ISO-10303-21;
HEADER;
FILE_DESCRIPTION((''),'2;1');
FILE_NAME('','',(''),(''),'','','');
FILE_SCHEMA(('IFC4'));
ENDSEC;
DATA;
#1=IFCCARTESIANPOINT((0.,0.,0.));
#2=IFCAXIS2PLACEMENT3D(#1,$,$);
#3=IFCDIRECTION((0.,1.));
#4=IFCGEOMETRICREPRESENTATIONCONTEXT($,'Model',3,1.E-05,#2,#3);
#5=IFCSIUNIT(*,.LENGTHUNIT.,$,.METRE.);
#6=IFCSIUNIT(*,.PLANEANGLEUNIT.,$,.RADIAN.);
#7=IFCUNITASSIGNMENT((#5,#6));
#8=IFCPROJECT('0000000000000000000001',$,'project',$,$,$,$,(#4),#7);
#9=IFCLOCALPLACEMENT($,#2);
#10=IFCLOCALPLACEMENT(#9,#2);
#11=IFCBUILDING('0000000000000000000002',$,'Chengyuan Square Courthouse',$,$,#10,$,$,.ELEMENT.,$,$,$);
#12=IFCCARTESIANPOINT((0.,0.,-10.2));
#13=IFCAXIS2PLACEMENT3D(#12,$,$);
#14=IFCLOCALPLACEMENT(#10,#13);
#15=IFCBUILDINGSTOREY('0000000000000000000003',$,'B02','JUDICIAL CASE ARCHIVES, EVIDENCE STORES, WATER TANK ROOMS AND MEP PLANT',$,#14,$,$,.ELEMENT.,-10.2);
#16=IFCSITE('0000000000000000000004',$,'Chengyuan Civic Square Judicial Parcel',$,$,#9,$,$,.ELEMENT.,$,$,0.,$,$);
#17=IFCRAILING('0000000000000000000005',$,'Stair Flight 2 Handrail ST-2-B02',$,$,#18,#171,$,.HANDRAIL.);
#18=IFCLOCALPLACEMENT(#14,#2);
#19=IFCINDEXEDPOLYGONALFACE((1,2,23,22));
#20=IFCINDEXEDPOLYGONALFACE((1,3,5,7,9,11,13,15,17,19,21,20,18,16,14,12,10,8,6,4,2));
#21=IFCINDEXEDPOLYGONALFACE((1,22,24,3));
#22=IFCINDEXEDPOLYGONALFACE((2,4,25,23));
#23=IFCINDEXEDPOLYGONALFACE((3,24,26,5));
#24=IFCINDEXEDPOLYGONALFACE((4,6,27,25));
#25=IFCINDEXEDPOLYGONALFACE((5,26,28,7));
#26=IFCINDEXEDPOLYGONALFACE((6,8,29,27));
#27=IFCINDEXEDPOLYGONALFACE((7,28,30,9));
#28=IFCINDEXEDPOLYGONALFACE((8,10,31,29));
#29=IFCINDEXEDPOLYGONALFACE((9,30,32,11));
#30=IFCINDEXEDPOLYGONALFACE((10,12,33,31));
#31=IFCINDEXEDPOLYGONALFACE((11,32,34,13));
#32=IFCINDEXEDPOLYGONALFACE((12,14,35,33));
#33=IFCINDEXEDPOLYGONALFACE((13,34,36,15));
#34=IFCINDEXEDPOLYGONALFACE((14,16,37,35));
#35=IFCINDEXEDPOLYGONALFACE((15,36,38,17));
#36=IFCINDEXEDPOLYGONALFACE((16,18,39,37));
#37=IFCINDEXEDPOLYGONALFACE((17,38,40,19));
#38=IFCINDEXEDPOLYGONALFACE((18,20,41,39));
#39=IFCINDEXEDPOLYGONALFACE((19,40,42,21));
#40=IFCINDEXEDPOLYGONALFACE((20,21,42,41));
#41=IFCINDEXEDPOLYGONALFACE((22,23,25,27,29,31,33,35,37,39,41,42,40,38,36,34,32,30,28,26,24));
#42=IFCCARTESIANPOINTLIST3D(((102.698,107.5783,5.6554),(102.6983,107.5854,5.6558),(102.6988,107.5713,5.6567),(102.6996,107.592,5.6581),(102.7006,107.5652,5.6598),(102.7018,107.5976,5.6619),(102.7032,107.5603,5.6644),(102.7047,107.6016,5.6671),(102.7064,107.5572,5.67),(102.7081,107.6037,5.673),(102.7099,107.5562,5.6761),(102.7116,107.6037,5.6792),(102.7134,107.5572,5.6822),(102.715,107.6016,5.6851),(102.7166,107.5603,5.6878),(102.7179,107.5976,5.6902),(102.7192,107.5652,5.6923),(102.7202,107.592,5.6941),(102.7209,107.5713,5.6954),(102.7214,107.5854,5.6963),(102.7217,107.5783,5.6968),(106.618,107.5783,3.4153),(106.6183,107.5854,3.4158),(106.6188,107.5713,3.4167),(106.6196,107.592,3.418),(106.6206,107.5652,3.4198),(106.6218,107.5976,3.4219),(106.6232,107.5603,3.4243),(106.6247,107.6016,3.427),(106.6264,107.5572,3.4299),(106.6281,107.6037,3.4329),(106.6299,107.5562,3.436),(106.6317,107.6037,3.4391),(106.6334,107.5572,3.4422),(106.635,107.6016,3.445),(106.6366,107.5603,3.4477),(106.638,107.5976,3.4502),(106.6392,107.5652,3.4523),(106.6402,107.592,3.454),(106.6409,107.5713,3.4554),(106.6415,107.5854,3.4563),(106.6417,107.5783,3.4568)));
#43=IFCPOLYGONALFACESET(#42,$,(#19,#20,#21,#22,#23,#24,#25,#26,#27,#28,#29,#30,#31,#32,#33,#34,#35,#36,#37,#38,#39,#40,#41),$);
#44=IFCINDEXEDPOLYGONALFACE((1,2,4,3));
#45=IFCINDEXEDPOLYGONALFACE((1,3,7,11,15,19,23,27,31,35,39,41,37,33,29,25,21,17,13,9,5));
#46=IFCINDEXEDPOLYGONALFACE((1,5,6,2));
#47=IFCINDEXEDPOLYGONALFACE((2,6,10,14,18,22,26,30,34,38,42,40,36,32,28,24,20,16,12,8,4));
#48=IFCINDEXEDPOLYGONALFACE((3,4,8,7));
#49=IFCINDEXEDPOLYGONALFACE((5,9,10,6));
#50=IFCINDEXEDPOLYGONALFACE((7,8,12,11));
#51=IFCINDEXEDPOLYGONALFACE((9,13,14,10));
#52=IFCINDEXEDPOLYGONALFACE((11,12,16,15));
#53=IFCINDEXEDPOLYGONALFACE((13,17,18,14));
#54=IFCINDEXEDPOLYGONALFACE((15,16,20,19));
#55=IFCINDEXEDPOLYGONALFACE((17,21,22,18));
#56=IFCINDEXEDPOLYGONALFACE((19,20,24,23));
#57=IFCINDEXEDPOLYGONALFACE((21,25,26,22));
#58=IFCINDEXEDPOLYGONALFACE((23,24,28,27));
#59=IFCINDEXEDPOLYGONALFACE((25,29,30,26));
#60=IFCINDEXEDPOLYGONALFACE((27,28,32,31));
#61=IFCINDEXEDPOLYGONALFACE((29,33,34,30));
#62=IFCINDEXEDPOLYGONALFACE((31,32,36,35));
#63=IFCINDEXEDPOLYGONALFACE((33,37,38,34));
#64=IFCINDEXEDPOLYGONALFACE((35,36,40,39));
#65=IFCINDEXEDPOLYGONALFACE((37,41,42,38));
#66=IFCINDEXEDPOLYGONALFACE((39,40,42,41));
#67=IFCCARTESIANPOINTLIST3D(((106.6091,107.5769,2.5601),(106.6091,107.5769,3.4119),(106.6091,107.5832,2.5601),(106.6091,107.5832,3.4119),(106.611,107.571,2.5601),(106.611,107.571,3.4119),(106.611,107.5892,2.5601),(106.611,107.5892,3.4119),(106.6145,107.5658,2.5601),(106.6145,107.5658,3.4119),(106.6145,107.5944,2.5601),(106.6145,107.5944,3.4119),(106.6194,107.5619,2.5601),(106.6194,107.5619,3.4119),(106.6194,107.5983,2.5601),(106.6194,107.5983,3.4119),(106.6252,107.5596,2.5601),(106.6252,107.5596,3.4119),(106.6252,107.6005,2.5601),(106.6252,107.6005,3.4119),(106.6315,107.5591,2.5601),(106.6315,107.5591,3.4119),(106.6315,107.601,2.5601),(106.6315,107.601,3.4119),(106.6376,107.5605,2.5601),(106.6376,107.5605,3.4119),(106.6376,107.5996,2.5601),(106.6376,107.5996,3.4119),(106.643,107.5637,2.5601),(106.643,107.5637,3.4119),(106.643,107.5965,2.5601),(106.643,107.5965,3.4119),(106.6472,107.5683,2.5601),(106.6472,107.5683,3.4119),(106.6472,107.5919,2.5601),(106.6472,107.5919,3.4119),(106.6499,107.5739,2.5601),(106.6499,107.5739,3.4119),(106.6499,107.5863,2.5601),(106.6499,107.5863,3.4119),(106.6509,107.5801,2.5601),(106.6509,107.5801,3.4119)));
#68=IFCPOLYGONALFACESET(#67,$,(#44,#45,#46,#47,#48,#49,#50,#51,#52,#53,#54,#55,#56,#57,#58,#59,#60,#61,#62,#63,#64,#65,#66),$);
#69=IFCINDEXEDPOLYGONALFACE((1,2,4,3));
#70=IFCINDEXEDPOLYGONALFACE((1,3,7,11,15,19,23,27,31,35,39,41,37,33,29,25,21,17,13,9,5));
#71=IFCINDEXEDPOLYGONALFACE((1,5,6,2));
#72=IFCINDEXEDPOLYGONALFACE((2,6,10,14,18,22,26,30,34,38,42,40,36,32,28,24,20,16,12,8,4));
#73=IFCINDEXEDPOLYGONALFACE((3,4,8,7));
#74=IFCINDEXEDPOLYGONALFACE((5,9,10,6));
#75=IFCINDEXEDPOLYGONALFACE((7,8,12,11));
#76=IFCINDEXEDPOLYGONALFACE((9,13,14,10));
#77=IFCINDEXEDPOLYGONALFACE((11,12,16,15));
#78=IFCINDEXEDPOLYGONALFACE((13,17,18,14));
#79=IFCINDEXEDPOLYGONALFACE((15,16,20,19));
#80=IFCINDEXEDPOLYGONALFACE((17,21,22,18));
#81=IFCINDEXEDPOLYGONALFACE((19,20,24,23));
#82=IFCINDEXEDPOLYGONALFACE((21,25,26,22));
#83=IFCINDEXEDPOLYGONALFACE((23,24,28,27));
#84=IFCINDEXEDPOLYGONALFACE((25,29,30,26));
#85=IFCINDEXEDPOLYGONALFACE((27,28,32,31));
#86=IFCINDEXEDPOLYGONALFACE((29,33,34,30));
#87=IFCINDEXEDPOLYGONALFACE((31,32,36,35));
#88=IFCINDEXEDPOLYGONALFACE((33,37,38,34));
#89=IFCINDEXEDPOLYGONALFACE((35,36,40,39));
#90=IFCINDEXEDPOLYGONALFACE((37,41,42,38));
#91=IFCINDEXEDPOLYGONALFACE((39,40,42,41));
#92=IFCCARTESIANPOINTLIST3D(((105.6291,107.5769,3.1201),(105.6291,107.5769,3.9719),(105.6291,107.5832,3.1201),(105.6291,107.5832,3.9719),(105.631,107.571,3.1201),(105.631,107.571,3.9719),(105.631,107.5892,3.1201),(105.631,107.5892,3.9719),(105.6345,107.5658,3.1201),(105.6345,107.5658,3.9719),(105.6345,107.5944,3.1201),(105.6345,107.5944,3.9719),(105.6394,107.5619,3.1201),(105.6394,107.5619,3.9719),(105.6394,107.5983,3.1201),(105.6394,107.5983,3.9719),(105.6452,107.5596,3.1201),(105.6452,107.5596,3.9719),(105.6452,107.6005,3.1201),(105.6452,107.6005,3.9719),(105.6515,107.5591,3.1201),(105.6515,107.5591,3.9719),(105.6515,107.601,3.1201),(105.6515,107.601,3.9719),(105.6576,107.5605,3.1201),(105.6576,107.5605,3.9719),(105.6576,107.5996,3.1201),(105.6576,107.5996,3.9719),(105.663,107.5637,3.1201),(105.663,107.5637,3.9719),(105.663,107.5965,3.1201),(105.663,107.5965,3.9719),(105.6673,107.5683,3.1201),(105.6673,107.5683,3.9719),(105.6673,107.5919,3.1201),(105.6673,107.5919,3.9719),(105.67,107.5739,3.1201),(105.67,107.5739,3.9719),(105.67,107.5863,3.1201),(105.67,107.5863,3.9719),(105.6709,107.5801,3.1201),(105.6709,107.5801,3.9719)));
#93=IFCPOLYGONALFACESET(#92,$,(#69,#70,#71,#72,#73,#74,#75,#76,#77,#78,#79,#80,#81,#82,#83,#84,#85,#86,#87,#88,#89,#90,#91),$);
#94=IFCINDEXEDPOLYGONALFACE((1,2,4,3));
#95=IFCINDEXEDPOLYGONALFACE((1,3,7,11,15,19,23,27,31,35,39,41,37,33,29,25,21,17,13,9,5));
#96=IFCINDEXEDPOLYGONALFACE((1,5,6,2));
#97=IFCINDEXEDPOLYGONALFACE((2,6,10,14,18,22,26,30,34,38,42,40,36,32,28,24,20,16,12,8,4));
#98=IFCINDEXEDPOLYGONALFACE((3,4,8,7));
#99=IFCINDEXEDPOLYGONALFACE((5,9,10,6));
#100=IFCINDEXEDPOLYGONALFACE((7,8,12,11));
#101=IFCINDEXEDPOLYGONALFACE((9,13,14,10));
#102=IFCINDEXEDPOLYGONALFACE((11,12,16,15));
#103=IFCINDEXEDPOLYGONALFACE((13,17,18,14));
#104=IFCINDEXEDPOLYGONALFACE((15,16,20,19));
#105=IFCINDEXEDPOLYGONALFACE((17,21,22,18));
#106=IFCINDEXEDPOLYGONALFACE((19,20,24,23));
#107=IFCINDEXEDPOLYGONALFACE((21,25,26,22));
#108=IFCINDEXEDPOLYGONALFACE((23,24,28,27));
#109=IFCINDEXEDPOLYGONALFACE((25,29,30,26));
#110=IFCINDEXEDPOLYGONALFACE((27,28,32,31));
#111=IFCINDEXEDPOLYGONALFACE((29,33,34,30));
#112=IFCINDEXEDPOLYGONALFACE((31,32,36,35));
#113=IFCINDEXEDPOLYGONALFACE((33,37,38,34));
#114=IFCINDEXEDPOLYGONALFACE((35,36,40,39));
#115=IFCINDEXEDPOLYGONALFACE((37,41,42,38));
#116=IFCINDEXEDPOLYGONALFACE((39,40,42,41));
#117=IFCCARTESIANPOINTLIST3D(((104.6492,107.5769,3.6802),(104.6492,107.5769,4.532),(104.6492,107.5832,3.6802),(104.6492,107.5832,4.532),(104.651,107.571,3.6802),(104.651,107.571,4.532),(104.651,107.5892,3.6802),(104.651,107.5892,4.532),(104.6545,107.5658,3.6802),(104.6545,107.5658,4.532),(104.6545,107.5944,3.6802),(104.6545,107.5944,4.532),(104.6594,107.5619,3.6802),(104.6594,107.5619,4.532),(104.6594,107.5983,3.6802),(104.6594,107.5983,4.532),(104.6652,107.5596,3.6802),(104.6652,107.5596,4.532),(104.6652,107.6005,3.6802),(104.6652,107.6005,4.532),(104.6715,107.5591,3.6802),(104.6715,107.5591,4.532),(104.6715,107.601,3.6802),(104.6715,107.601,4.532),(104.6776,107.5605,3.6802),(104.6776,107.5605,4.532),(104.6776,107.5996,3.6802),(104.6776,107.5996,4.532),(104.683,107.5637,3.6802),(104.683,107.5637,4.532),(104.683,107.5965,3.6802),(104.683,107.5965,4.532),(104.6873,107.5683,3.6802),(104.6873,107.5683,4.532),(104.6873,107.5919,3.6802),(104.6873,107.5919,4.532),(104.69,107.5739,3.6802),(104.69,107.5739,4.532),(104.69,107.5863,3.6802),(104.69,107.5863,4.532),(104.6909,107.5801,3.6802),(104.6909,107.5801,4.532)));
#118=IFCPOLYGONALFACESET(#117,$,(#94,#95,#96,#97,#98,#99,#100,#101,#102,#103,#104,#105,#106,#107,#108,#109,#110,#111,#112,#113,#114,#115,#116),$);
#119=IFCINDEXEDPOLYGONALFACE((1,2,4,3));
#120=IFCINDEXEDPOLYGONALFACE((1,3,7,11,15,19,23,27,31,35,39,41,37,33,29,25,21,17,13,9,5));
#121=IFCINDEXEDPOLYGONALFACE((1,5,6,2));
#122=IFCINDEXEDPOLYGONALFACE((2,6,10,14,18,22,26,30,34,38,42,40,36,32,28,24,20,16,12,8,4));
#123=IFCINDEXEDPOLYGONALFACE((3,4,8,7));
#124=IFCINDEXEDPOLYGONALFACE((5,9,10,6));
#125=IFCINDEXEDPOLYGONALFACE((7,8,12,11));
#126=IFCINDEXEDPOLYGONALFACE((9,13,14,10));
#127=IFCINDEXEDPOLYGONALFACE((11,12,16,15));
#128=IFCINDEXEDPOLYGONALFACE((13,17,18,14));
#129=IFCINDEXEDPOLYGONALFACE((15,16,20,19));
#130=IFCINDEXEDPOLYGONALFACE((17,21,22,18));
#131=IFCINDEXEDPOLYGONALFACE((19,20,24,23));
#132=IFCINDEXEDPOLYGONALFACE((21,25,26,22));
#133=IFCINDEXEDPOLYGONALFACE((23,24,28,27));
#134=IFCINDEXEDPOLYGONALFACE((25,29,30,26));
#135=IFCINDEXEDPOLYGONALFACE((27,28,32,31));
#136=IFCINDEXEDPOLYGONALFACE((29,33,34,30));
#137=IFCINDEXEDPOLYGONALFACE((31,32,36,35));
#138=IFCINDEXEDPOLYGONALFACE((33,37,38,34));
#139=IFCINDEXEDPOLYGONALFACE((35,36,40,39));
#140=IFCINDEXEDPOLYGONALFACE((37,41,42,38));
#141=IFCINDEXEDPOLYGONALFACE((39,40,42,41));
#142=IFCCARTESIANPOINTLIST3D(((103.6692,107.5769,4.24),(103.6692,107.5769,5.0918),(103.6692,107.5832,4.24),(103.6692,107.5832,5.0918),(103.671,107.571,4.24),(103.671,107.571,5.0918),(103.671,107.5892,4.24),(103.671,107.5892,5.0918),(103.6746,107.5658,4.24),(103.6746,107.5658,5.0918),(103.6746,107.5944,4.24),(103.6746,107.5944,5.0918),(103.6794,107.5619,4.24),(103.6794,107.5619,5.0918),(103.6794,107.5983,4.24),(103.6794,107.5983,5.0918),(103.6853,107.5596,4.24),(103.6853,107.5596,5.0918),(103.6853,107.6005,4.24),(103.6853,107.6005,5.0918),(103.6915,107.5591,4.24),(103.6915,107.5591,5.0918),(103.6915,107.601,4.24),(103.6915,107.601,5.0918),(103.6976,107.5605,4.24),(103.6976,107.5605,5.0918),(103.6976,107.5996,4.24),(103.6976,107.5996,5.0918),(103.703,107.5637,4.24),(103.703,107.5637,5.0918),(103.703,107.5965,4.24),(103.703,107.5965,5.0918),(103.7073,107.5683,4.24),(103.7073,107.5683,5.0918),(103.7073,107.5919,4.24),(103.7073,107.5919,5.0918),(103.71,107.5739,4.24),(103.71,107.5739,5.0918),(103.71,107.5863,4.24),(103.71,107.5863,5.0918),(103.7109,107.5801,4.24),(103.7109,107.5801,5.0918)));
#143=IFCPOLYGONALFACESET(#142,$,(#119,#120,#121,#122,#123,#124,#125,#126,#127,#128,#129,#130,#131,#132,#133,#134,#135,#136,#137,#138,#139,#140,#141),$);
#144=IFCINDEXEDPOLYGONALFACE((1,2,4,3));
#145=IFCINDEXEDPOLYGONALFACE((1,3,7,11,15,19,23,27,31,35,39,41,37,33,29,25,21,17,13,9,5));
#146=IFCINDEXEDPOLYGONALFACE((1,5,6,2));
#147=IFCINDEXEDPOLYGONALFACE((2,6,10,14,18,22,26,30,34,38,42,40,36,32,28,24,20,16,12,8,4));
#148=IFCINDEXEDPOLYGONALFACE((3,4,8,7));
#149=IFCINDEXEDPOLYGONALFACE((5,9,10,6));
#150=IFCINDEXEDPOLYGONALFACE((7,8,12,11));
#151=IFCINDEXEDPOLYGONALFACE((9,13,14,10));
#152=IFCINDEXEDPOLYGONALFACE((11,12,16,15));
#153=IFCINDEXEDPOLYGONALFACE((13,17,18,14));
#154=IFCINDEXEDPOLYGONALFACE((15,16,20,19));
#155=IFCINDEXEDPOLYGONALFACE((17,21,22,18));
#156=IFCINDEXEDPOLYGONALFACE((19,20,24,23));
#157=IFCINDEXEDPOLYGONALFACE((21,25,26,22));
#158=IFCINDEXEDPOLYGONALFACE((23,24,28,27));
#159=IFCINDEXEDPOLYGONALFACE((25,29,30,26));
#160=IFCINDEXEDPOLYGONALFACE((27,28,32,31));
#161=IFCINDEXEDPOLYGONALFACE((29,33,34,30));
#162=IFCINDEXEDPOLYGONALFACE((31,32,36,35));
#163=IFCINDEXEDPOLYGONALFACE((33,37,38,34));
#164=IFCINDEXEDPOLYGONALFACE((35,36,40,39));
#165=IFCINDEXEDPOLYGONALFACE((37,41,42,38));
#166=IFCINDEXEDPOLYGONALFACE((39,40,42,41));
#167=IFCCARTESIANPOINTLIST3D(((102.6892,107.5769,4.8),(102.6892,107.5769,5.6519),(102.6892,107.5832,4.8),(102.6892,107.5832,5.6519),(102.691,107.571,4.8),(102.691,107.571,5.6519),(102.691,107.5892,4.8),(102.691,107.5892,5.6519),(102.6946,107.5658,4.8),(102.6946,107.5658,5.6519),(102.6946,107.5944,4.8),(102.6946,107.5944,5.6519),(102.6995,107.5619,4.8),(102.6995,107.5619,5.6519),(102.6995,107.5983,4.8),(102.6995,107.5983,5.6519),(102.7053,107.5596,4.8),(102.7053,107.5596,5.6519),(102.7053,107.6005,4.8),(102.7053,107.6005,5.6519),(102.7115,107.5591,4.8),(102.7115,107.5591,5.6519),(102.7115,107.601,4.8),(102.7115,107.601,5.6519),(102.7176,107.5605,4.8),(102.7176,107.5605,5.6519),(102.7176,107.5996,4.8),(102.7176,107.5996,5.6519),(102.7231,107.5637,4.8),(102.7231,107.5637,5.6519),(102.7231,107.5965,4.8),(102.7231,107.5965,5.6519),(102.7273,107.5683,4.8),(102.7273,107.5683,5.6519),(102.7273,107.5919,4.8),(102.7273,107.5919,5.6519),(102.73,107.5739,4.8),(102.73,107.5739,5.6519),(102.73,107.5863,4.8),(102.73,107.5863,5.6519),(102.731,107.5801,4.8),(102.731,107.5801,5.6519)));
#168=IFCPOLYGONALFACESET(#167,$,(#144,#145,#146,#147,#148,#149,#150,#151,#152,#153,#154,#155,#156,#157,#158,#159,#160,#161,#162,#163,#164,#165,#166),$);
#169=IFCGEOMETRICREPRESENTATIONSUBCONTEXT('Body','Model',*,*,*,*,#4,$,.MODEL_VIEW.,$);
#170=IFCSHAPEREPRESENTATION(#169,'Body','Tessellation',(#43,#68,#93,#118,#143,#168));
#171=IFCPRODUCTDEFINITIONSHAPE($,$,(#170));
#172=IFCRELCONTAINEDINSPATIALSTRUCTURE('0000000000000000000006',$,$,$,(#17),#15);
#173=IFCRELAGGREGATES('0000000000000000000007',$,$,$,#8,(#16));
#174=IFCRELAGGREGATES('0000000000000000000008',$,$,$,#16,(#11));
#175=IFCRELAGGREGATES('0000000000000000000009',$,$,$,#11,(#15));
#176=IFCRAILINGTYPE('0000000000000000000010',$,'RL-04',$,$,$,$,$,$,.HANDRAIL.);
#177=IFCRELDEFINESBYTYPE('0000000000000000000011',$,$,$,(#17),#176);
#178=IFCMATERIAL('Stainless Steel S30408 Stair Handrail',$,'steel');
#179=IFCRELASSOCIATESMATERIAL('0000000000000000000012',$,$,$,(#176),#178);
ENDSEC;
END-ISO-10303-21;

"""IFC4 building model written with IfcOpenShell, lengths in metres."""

from ifc_helpers import new_model, si_unit, direction, frame, origin, origin_2d, place, context, subcontext, project, spatial, circle, extrude, material, type_object, element, save


model = new_model("IFC4")

# Units and contexts
model_context = context("Model", 3, precision=1e-05, world=origin(), true_north=direction((0.0, 1.0)))
body_context = subcontext(model_context, "Body", "Model", "MODEL_VIEW")
ifc_project = project(units=[si_unit("LENGTHUNIT", "METRE"), si_unit("PLANEANGLEUNIT", "RADIAN")], contexts=[model_context])

# Site, building, storey
site_placement = place(None, origin())
site = spatial("IfcSite", under=ifc_project, at=site_placement, Name="Chengyuan Civic Square Judicial Parcel", CompositionType="ELEMENT", RefElevation=0.0)
building_placement = place(site_placement, origin())
building = spatial("IfcBuilding", under=site, at=building_placement, Name="Chengyuan Square Courthouse", CompositionType="ELEMENT")
storey_placement = place(building_placement, frame((0.0, 0.0, -10.2)))
storey = spatial("IfcBuildingStorey", under=building, at=storey_placement, Name="B02", Description="JUDICIAL CASE ARCHIVES, EVIDENCE STORES, WATER TANK ROOMS AND MEP PLANT", CompositionType="ELEMENT", Elevation=-10.2)

# Railing
ifc_material_1 = material(Name="Stainless Steel S30408 Stair Handrail", Category="steel")
railing_type_1 = type_object("IfcRailingType", Name="RL-04", PredefinedType="HANDRAIL", material=ifc_material_1)
railing_1_placement = place(storey_placement, frame((106.6299, 107.5801, 2.5601)))
element("IfcRailing", 1, at=railing_1_placement, inside=storey, type_object=railing_type_1, Name="Stair Flight 2 Handrail ST-2-B02", PredefinedType="HANDRAIL", context=body_context, shape_type="SweptSolid", body=[
    extrude(circle(Radius=0.0239, at=origin_2d()), frame((0.0, 0.0, 0.876), z_axis=(-0.86824, 0.0, 0.496145), x_axis=(0.0, -1.0, 0.0)), (0.0, 0.0, 1.0), 4.5149),
    extrude(circle(Radius=0.021, at=origin_2d()), origin(), (0.0, 0.0, 1.0), 0.8518),
    extrude(circle(Radius=0.021, at=origin_2d()), frame((-0.98, 0.0, 0.5601)), (0.0, 0.0, 1.0), 0.8518),
    extrude(circle(Radius=0.021, at=origin_2d()), frame((-1.96, 0.0, 1.1201)), (0.0, 0.0, 1.0), 0.8518),
    extrude(circle(Radius=0.021, at=origin_2d()), frame((-2.9399, 0.0, 1.6799)), (0.0, 0.0, 1.0), 0.8518),
    extrude(circle(Radius=0.021, at=origin_2d()), frame((-3.9199, 0.0, 2.24)), (0.0, 0.0, 1.0), 0.8518),
])

save(model, "model.ifc")
